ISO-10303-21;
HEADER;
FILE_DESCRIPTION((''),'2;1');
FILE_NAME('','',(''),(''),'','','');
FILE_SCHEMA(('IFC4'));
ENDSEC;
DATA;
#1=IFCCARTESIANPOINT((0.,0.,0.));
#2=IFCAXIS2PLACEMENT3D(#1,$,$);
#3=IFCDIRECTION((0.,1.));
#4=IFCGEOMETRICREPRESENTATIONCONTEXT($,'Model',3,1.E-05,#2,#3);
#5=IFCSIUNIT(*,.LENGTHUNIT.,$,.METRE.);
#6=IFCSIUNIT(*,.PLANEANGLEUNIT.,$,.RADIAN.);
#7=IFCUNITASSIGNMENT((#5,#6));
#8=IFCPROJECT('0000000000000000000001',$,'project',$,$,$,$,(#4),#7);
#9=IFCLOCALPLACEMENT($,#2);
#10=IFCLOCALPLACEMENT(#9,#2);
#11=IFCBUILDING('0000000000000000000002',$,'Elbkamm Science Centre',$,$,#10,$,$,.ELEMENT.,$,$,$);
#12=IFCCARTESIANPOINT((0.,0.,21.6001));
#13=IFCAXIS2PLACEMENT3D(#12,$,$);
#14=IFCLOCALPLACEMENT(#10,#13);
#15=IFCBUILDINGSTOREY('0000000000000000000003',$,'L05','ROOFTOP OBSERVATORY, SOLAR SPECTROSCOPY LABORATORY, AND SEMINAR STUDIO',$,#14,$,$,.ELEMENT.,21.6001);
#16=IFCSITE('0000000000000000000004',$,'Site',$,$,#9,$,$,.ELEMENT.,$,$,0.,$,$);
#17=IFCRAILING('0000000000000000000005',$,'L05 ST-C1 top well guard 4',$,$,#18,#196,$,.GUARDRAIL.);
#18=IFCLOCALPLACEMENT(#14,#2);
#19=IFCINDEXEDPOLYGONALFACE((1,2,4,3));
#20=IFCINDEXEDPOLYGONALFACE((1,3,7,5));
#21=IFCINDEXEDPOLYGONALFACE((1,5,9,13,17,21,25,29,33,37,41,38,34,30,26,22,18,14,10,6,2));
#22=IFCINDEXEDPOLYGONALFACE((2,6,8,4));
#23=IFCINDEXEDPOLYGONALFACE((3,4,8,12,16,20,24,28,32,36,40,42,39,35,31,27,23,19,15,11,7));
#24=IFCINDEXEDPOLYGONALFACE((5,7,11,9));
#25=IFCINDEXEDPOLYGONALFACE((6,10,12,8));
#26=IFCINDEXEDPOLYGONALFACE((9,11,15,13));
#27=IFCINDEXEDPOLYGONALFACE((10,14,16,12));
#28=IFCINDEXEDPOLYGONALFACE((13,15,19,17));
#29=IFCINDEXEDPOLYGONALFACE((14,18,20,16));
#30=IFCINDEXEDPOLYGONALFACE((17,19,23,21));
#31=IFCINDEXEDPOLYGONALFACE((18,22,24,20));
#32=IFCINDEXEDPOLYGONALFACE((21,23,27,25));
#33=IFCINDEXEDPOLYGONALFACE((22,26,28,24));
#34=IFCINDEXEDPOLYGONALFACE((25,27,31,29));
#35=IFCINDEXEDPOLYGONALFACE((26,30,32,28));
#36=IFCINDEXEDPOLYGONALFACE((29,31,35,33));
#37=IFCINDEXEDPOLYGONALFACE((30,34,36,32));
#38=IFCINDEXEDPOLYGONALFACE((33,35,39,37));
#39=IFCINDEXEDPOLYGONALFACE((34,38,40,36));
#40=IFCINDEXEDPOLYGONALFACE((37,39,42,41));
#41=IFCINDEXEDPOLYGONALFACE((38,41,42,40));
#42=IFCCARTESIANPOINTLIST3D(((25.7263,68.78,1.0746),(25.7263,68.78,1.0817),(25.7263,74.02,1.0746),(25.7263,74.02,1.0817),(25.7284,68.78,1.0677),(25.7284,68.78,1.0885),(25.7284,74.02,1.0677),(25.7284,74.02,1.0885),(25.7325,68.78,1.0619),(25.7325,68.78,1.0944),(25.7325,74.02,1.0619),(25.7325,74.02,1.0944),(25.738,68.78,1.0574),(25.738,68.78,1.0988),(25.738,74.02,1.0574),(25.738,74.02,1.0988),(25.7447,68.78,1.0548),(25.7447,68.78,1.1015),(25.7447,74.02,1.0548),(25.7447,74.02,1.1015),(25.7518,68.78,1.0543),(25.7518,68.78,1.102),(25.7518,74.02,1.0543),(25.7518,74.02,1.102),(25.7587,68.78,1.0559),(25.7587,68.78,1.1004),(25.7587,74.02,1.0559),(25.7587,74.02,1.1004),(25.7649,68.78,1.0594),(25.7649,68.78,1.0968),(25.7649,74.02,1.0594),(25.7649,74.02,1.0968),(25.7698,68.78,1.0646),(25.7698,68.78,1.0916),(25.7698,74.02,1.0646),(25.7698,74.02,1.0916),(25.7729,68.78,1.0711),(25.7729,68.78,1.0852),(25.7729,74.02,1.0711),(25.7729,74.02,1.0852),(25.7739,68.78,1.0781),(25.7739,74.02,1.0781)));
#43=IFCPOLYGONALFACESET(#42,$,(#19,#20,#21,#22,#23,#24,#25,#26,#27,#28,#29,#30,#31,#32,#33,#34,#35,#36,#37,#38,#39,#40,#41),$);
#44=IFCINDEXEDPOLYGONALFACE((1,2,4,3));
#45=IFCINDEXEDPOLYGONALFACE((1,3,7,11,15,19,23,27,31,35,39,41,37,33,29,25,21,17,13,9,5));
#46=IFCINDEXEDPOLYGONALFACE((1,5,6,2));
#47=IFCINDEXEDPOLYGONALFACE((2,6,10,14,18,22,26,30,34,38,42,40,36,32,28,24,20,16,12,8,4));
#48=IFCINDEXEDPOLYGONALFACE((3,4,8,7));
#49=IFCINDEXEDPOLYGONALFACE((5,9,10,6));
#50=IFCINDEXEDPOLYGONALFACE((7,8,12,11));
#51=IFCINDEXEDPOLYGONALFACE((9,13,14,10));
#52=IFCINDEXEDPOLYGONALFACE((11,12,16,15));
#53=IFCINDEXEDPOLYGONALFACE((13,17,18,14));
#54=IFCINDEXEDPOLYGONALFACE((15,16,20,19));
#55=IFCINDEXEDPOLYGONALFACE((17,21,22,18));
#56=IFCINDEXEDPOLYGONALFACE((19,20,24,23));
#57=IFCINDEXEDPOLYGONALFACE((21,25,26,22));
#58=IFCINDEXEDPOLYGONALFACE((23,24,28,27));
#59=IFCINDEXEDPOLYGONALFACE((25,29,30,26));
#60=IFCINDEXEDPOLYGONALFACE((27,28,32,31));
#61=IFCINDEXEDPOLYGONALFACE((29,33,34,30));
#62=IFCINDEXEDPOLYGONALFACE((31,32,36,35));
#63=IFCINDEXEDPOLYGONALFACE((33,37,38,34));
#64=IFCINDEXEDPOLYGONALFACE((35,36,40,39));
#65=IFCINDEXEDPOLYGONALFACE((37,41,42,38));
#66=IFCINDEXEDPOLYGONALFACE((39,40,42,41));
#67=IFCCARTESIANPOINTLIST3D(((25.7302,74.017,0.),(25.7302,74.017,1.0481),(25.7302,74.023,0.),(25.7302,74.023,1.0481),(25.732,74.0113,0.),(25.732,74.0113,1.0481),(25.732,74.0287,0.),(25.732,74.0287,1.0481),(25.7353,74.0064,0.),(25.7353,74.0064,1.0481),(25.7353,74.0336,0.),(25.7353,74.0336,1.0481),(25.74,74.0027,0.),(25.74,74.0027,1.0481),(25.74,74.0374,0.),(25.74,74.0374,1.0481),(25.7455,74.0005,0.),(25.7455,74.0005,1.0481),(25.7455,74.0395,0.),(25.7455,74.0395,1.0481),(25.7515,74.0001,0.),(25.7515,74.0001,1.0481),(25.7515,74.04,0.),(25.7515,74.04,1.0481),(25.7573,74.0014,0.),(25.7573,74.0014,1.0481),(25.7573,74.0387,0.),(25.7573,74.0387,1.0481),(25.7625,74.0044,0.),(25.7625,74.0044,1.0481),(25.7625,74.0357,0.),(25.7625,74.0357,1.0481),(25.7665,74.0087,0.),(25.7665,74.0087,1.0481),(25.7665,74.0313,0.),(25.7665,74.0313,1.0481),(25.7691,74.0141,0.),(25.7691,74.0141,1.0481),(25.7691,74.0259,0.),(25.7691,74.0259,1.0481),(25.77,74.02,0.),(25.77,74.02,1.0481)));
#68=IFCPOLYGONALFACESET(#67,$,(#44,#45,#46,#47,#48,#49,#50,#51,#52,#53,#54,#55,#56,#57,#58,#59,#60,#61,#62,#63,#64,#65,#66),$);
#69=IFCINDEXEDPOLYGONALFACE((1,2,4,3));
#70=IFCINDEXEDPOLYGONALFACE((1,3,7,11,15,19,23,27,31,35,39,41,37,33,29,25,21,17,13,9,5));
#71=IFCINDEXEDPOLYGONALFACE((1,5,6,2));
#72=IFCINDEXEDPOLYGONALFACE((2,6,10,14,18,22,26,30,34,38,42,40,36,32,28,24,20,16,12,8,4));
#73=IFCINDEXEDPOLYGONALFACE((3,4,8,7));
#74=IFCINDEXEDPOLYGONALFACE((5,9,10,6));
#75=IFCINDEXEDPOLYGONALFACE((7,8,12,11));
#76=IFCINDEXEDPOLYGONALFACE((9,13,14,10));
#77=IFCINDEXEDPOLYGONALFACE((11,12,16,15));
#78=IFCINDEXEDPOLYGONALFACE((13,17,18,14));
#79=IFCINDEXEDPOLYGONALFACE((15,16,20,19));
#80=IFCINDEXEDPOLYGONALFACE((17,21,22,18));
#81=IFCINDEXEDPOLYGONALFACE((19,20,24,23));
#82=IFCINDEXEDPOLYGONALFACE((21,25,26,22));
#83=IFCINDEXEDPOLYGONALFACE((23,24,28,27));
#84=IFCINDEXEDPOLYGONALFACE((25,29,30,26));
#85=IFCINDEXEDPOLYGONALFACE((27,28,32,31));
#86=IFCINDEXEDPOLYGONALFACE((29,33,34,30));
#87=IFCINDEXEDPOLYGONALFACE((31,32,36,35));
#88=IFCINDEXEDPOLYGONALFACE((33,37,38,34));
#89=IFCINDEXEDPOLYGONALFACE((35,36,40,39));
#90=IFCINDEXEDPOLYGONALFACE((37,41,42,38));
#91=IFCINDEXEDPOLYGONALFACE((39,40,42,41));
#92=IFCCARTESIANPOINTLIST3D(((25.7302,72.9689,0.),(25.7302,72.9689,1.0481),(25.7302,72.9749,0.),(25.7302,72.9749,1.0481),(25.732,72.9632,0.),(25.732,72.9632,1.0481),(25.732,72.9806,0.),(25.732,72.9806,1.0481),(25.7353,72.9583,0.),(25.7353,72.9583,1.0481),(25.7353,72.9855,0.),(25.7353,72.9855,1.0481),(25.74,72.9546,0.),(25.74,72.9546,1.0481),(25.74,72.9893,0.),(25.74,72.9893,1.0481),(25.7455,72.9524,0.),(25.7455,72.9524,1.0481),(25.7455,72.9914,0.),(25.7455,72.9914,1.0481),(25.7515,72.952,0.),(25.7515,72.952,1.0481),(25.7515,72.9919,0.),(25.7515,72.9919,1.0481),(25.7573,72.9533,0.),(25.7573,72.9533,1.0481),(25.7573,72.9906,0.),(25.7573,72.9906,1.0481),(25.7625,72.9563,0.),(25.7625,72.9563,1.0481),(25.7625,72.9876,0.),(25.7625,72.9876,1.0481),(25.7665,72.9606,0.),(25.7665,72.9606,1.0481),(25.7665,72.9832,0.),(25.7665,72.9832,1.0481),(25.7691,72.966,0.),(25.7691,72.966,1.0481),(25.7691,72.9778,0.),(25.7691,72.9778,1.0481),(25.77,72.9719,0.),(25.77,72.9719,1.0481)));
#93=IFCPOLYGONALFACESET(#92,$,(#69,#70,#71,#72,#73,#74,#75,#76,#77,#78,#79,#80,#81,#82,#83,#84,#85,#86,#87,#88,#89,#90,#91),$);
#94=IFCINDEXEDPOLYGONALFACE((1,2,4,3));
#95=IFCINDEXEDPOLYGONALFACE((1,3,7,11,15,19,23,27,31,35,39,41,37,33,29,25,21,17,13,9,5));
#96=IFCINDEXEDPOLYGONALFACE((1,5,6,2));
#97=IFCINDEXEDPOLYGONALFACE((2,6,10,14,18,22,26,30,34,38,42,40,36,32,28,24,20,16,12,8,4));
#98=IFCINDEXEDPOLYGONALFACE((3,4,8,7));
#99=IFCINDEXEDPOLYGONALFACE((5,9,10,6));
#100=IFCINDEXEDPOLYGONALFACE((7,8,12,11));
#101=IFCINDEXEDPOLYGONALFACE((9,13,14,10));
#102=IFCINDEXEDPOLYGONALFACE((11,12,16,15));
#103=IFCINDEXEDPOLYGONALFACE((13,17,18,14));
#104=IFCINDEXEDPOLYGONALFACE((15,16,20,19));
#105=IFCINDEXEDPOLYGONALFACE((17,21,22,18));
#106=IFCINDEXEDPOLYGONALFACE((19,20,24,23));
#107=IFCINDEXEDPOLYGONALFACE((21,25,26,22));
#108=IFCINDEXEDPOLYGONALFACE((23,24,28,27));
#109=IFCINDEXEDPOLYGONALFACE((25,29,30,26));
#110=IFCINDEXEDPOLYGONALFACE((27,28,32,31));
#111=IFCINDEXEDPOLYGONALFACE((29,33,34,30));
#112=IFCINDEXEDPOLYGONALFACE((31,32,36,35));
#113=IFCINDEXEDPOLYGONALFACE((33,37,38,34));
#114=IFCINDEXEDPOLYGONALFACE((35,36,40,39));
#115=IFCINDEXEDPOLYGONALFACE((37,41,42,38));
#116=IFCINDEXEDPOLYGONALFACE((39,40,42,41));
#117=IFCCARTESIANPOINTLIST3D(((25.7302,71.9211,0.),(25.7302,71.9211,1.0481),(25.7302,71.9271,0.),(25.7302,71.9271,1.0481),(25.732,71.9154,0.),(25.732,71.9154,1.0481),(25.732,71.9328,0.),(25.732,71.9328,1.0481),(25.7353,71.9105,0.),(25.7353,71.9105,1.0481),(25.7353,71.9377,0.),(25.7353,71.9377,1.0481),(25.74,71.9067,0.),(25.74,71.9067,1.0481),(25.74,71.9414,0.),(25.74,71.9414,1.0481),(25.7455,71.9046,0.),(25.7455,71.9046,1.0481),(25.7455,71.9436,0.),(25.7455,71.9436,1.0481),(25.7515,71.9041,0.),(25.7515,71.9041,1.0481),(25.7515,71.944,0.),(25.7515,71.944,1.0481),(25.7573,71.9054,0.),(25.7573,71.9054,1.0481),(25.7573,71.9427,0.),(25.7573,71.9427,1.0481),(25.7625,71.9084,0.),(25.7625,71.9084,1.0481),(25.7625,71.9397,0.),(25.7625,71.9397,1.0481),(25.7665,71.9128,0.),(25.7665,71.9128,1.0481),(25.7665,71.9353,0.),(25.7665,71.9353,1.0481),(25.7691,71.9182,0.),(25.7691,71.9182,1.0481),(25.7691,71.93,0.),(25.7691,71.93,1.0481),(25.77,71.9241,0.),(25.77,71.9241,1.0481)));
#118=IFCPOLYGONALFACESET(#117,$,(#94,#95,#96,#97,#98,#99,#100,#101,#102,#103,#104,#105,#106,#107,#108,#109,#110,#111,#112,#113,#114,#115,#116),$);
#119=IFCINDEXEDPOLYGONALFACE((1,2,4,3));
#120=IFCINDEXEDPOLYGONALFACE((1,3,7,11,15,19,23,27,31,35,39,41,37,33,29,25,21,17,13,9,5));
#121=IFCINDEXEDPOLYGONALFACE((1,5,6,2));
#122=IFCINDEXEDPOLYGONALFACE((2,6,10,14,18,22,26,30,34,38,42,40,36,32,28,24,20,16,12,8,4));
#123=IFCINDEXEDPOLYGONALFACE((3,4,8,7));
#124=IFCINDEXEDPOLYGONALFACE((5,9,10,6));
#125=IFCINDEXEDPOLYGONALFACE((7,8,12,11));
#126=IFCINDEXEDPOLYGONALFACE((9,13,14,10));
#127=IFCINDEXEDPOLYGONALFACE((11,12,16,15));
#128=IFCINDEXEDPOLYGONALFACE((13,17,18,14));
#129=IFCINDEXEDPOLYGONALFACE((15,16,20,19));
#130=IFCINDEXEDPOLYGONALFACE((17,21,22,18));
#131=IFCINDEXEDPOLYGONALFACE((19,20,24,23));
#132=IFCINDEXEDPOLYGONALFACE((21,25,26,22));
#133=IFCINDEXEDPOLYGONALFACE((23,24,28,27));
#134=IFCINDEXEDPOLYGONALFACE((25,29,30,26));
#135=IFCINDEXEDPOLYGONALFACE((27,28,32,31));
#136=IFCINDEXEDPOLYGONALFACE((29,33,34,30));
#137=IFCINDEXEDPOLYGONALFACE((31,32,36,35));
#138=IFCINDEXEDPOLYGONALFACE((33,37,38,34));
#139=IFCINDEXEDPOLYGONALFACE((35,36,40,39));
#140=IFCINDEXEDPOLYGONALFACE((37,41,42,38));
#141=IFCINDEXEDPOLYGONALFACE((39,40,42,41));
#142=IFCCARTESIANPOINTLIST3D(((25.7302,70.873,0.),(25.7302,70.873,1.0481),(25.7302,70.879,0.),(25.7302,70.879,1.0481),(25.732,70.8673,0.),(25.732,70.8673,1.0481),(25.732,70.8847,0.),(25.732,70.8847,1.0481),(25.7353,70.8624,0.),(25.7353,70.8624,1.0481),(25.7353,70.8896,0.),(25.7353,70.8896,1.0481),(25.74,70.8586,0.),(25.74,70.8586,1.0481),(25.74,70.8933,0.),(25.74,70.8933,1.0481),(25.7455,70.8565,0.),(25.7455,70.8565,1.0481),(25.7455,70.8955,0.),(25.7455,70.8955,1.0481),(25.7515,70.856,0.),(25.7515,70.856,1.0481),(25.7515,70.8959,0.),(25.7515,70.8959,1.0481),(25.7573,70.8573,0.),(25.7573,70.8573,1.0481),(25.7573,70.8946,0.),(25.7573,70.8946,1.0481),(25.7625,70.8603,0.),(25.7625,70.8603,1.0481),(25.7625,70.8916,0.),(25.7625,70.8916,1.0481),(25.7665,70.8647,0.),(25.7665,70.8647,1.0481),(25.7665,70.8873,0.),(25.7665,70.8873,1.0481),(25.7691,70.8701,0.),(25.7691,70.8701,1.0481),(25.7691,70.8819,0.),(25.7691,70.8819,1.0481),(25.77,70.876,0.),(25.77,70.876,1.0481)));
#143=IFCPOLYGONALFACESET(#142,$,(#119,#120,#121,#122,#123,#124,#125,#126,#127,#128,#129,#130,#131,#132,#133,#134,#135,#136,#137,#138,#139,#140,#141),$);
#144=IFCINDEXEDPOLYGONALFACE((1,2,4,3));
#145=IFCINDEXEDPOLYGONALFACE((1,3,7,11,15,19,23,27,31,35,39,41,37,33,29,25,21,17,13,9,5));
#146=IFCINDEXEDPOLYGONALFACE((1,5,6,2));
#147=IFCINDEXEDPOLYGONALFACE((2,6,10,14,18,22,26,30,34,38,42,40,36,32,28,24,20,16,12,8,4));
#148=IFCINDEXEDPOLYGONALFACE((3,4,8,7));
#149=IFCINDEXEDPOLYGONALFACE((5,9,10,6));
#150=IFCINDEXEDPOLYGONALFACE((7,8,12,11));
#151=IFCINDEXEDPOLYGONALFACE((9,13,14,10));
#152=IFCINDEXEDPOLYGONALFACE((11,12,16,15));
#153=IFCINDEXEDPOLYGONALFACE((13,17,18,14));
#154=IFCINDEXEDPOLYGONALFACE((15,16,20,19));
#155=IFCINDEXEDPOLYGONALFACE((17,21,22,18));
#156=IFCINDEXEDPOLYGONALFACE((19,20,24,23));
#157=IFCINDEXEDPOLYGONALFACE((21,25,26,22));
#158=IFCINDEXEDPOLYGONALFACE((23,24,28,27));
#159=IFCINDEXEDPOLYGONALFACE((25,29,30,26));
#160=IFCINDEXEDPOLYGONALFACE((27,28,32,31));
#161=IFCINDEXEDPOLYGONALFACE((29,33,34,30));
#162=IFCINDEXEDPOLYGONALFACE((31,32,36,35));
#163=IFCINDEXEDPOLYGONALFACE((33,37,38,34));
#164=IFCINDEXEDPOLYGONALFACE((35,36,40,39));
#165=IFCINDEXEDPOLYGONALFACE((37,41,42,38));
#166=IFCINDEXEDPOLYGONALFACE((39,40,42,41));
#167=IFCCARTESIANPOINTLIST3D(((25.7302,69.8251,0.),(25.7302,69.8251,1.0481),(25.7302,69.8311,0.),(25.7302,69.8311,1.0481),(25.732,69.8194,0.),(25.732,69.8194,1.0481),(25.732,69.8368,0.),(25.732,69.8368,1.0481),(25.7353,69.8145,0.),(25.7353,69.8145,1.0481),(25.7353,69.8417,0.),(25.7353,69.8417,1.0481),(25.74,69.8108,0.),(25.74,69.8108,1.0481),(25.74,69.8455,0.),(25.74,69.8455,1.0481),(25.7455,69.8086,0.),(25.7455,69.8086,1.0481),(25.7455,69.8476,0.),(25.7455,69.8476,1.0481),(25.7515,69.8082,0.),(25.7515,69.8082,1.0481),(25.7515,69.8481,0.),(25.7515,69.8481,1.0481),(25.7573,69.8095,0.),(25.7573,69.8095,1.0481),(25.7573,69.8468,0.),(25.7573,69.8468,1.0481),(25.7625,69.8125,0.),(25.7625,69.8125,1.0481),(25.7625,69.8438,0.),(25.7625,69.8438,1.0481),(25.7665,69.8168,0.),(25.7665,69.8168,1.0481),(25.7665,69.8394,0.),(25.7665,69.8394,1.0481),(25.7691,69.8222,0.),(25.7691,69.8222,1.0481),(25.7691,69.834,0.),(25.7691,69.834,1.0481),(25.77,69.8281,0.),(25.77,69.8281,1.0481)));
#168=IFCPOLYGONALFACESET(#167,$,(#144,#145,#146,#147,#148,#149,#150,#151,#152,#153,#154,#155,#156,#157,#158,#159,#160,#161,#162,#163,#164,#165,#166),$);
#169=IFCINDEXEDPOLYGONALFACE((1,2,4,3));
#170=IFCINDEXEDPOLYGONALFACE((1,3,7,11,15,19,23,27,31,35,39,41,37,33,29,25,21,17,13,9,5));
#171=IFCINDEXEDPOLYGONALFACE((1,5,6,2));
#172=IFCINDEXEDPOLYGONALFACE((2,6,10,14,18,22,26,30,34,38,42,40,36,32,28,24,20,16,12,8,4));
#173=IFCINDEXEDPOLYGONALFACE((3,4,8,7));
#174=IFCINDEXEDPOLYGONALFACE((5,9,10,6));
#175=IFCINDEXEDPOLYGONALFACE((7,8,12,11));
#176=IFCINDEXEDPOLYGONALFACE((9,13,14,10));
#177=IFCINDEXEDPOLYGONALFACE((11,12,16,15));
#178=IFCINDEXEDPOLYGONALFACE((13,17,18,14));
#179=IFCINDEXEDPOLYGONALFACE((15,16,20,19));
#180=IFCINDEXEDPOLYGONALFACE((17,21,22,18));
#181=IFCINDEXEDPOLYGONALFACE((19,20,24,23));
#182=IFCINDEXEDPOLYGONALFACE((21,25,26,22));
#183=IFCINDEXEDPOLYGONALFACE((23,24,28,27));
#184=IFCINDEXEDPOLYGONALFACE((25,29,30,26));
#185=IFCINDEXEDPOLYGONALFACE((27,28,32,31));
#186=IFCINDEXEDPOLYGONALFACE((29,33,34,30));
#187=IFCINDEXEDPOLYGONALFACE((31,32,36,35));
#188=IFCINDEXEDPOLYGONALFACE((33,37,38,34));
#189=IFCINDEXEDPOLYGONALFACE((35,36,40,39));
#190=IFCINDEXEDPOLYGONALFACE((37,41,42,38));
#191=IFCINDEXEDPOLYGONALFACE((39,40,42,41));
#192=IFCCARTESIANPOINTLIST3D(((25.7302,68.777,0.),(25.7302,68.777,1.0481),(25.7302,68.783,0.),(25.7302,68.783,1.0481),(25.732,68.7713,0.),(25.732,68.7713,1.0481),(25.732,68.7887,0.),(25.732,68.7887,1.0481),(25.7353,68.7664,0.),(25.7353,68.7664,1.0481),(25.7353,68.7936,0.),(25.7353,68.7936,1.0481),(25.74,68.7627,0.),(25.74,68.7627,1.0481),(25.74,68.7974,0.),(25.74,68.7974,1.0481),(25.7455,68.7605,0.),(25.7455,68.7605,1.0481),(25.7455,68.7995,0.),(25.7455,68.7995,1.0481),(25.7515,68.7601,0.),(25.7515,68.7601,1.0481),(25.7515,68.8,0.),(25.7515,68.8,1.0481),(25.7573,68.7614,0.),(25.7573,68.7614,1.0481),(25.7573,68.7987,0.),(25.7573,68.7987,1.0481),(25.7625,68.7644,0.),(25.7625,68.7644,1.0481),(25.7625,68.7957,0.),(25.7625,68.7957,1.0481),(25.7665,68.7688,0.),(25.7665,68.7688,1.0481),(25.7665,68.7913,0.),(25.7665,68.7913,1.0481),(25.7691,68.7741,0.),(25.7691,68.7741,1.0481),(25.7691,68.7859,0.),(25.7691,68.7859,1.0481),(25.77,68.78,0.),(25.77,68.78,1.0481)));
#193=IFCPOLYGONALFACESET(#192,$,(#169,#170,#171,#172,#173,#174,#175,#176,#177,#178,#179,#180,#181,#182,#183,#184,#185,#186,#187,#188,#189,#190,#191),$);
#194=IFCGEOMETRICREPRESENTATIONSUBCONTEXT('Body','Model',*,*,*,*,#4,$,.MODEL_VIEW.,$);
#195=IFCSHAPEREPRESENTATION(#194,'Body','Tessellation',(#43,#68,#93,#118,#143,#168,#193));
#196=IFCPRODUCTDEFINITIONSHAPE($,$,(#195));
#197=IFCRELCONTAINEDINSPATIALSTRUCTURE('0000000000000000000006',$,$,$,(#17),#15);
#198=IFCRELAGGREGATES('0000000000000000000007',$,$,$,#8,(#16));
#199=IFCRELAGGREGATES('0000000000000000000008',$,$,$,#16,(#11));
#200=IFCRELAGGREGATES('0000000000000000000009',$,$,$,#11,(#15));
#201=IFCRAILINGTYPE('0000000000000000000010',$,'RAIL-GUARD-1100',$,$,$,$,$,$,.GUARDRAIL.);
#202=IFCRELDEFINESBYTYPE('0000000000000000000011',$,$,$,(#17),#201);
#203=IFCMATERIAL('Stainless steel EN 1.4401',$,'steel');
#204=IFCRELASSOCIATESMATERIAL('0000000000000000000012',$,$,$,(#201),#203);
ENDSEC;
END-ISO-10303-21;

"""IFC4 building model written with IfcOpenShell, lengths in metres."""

from ifc_helpers import new_model, si_unit, direction, frame, origin, origin_2d, place, context, subcontext, project, spatial, circle, extrude, material, type_object, element, save


model = new_model("IFC4")

# Units and contexts
model_context = context("Model", 3, precision=1e-05, world=origin(), true_north=direction((0.0, 1.0)))
body_context = subcontext(model_context, "Body", "Model", "MODEL_VIEW")
ifc_project = project(units=[si_unit("LENGTHUNIT", "METRE"), si_unit("PLANEANGLEUNIT", "RADIAN")], contexts=[model_context])

# Site, building, storey
site_placement = place(None, origin())
site = spatial("IfcSite", under=ifc_project, at=site_placement, Name="Site", CompositionType="ELEMENT", RefElevation=0.0)
building_placement = place(site_placement, origin())
building = spatial("IfcBuilding", under=site, at=building_placement, Name="Elbkamm Science Centre", CompositionType="ELEMENT")
storey_placement = place(building_placement, frame((0.0, 0.0, 21.6001)))
storey = spatial("IfcBuildingStorey", under=building, at=storey_placement, Name="L05", Description="ROOFTOP OBSERVATORY, SOLAR SPECTROSCOPY LABORATORY, AND SEMINAR STUDIO", CompositionType="ELEMENT", Elevation=21.6001)

# Railing
ifc_material_1 = material(Name="Stainless steel EN 1.4401", Category="steel")
railing_type_1 = type_object("IfcRailingType", Name="RAIL-GUARD-1100", PredefinedType="GUARDRAIL", material=ifc_material_1)
railing_1_placement = place(storey_placement, frame((25.75, 74.02, 0.0)))
element("IfcRailing", 1, at=railing_1_placement, inside=storey, type_object=railing_type_1, Name="L05 ST-C1 top well guard 4", PredefinedType="GUARDRAIL", context=body_context, shape_type="SweptSolid", body=[
    extrude(circle(Radius=0.0239, at=origin_2d()), frame((0.0, 0.0, 1.0781), z_axis=(0.0, -1.0, 0.0), x_axis=(1.0, 0.0, 0.0)), (0.0, 0.0, 1.0), 5.24),
    extrude(circle(Radius=0.02, at=origin_2d()), origin(), (0.0, 0.0, 1.0), 1.0481),
    extrude(circle(Radius=0.02, at=origin_2d()), frame((0.0, -1.0481, 0.0)), (0.0, 0.0, 1.0), 1.0481),
    extrude(circle(Radius=0.02, at=origin_2d()), frame((0.0, -2.0959, 0.0)), (0.0, 0.0, 1.0), 1.0481),
    extrude(circle(Radius=0.02, at=origin_2d()), frame((0.0, -3.144, 0.0)), (0.0, 0.0, 1.0), 1.0481),
    extrude(circle(Radius=0.02, at=origin_2d()), frame((0.0, -4.1919, 0.0)), (0.0, 0.0, 1.0), 1.0481),
    extrude(circle(Radius=0.02, at=origin_2d()), frame((0.0, -5.24, 0.0)), (0.0, 0.0, 1.0), 1.0481),
])

save(model, "model.ifc")
